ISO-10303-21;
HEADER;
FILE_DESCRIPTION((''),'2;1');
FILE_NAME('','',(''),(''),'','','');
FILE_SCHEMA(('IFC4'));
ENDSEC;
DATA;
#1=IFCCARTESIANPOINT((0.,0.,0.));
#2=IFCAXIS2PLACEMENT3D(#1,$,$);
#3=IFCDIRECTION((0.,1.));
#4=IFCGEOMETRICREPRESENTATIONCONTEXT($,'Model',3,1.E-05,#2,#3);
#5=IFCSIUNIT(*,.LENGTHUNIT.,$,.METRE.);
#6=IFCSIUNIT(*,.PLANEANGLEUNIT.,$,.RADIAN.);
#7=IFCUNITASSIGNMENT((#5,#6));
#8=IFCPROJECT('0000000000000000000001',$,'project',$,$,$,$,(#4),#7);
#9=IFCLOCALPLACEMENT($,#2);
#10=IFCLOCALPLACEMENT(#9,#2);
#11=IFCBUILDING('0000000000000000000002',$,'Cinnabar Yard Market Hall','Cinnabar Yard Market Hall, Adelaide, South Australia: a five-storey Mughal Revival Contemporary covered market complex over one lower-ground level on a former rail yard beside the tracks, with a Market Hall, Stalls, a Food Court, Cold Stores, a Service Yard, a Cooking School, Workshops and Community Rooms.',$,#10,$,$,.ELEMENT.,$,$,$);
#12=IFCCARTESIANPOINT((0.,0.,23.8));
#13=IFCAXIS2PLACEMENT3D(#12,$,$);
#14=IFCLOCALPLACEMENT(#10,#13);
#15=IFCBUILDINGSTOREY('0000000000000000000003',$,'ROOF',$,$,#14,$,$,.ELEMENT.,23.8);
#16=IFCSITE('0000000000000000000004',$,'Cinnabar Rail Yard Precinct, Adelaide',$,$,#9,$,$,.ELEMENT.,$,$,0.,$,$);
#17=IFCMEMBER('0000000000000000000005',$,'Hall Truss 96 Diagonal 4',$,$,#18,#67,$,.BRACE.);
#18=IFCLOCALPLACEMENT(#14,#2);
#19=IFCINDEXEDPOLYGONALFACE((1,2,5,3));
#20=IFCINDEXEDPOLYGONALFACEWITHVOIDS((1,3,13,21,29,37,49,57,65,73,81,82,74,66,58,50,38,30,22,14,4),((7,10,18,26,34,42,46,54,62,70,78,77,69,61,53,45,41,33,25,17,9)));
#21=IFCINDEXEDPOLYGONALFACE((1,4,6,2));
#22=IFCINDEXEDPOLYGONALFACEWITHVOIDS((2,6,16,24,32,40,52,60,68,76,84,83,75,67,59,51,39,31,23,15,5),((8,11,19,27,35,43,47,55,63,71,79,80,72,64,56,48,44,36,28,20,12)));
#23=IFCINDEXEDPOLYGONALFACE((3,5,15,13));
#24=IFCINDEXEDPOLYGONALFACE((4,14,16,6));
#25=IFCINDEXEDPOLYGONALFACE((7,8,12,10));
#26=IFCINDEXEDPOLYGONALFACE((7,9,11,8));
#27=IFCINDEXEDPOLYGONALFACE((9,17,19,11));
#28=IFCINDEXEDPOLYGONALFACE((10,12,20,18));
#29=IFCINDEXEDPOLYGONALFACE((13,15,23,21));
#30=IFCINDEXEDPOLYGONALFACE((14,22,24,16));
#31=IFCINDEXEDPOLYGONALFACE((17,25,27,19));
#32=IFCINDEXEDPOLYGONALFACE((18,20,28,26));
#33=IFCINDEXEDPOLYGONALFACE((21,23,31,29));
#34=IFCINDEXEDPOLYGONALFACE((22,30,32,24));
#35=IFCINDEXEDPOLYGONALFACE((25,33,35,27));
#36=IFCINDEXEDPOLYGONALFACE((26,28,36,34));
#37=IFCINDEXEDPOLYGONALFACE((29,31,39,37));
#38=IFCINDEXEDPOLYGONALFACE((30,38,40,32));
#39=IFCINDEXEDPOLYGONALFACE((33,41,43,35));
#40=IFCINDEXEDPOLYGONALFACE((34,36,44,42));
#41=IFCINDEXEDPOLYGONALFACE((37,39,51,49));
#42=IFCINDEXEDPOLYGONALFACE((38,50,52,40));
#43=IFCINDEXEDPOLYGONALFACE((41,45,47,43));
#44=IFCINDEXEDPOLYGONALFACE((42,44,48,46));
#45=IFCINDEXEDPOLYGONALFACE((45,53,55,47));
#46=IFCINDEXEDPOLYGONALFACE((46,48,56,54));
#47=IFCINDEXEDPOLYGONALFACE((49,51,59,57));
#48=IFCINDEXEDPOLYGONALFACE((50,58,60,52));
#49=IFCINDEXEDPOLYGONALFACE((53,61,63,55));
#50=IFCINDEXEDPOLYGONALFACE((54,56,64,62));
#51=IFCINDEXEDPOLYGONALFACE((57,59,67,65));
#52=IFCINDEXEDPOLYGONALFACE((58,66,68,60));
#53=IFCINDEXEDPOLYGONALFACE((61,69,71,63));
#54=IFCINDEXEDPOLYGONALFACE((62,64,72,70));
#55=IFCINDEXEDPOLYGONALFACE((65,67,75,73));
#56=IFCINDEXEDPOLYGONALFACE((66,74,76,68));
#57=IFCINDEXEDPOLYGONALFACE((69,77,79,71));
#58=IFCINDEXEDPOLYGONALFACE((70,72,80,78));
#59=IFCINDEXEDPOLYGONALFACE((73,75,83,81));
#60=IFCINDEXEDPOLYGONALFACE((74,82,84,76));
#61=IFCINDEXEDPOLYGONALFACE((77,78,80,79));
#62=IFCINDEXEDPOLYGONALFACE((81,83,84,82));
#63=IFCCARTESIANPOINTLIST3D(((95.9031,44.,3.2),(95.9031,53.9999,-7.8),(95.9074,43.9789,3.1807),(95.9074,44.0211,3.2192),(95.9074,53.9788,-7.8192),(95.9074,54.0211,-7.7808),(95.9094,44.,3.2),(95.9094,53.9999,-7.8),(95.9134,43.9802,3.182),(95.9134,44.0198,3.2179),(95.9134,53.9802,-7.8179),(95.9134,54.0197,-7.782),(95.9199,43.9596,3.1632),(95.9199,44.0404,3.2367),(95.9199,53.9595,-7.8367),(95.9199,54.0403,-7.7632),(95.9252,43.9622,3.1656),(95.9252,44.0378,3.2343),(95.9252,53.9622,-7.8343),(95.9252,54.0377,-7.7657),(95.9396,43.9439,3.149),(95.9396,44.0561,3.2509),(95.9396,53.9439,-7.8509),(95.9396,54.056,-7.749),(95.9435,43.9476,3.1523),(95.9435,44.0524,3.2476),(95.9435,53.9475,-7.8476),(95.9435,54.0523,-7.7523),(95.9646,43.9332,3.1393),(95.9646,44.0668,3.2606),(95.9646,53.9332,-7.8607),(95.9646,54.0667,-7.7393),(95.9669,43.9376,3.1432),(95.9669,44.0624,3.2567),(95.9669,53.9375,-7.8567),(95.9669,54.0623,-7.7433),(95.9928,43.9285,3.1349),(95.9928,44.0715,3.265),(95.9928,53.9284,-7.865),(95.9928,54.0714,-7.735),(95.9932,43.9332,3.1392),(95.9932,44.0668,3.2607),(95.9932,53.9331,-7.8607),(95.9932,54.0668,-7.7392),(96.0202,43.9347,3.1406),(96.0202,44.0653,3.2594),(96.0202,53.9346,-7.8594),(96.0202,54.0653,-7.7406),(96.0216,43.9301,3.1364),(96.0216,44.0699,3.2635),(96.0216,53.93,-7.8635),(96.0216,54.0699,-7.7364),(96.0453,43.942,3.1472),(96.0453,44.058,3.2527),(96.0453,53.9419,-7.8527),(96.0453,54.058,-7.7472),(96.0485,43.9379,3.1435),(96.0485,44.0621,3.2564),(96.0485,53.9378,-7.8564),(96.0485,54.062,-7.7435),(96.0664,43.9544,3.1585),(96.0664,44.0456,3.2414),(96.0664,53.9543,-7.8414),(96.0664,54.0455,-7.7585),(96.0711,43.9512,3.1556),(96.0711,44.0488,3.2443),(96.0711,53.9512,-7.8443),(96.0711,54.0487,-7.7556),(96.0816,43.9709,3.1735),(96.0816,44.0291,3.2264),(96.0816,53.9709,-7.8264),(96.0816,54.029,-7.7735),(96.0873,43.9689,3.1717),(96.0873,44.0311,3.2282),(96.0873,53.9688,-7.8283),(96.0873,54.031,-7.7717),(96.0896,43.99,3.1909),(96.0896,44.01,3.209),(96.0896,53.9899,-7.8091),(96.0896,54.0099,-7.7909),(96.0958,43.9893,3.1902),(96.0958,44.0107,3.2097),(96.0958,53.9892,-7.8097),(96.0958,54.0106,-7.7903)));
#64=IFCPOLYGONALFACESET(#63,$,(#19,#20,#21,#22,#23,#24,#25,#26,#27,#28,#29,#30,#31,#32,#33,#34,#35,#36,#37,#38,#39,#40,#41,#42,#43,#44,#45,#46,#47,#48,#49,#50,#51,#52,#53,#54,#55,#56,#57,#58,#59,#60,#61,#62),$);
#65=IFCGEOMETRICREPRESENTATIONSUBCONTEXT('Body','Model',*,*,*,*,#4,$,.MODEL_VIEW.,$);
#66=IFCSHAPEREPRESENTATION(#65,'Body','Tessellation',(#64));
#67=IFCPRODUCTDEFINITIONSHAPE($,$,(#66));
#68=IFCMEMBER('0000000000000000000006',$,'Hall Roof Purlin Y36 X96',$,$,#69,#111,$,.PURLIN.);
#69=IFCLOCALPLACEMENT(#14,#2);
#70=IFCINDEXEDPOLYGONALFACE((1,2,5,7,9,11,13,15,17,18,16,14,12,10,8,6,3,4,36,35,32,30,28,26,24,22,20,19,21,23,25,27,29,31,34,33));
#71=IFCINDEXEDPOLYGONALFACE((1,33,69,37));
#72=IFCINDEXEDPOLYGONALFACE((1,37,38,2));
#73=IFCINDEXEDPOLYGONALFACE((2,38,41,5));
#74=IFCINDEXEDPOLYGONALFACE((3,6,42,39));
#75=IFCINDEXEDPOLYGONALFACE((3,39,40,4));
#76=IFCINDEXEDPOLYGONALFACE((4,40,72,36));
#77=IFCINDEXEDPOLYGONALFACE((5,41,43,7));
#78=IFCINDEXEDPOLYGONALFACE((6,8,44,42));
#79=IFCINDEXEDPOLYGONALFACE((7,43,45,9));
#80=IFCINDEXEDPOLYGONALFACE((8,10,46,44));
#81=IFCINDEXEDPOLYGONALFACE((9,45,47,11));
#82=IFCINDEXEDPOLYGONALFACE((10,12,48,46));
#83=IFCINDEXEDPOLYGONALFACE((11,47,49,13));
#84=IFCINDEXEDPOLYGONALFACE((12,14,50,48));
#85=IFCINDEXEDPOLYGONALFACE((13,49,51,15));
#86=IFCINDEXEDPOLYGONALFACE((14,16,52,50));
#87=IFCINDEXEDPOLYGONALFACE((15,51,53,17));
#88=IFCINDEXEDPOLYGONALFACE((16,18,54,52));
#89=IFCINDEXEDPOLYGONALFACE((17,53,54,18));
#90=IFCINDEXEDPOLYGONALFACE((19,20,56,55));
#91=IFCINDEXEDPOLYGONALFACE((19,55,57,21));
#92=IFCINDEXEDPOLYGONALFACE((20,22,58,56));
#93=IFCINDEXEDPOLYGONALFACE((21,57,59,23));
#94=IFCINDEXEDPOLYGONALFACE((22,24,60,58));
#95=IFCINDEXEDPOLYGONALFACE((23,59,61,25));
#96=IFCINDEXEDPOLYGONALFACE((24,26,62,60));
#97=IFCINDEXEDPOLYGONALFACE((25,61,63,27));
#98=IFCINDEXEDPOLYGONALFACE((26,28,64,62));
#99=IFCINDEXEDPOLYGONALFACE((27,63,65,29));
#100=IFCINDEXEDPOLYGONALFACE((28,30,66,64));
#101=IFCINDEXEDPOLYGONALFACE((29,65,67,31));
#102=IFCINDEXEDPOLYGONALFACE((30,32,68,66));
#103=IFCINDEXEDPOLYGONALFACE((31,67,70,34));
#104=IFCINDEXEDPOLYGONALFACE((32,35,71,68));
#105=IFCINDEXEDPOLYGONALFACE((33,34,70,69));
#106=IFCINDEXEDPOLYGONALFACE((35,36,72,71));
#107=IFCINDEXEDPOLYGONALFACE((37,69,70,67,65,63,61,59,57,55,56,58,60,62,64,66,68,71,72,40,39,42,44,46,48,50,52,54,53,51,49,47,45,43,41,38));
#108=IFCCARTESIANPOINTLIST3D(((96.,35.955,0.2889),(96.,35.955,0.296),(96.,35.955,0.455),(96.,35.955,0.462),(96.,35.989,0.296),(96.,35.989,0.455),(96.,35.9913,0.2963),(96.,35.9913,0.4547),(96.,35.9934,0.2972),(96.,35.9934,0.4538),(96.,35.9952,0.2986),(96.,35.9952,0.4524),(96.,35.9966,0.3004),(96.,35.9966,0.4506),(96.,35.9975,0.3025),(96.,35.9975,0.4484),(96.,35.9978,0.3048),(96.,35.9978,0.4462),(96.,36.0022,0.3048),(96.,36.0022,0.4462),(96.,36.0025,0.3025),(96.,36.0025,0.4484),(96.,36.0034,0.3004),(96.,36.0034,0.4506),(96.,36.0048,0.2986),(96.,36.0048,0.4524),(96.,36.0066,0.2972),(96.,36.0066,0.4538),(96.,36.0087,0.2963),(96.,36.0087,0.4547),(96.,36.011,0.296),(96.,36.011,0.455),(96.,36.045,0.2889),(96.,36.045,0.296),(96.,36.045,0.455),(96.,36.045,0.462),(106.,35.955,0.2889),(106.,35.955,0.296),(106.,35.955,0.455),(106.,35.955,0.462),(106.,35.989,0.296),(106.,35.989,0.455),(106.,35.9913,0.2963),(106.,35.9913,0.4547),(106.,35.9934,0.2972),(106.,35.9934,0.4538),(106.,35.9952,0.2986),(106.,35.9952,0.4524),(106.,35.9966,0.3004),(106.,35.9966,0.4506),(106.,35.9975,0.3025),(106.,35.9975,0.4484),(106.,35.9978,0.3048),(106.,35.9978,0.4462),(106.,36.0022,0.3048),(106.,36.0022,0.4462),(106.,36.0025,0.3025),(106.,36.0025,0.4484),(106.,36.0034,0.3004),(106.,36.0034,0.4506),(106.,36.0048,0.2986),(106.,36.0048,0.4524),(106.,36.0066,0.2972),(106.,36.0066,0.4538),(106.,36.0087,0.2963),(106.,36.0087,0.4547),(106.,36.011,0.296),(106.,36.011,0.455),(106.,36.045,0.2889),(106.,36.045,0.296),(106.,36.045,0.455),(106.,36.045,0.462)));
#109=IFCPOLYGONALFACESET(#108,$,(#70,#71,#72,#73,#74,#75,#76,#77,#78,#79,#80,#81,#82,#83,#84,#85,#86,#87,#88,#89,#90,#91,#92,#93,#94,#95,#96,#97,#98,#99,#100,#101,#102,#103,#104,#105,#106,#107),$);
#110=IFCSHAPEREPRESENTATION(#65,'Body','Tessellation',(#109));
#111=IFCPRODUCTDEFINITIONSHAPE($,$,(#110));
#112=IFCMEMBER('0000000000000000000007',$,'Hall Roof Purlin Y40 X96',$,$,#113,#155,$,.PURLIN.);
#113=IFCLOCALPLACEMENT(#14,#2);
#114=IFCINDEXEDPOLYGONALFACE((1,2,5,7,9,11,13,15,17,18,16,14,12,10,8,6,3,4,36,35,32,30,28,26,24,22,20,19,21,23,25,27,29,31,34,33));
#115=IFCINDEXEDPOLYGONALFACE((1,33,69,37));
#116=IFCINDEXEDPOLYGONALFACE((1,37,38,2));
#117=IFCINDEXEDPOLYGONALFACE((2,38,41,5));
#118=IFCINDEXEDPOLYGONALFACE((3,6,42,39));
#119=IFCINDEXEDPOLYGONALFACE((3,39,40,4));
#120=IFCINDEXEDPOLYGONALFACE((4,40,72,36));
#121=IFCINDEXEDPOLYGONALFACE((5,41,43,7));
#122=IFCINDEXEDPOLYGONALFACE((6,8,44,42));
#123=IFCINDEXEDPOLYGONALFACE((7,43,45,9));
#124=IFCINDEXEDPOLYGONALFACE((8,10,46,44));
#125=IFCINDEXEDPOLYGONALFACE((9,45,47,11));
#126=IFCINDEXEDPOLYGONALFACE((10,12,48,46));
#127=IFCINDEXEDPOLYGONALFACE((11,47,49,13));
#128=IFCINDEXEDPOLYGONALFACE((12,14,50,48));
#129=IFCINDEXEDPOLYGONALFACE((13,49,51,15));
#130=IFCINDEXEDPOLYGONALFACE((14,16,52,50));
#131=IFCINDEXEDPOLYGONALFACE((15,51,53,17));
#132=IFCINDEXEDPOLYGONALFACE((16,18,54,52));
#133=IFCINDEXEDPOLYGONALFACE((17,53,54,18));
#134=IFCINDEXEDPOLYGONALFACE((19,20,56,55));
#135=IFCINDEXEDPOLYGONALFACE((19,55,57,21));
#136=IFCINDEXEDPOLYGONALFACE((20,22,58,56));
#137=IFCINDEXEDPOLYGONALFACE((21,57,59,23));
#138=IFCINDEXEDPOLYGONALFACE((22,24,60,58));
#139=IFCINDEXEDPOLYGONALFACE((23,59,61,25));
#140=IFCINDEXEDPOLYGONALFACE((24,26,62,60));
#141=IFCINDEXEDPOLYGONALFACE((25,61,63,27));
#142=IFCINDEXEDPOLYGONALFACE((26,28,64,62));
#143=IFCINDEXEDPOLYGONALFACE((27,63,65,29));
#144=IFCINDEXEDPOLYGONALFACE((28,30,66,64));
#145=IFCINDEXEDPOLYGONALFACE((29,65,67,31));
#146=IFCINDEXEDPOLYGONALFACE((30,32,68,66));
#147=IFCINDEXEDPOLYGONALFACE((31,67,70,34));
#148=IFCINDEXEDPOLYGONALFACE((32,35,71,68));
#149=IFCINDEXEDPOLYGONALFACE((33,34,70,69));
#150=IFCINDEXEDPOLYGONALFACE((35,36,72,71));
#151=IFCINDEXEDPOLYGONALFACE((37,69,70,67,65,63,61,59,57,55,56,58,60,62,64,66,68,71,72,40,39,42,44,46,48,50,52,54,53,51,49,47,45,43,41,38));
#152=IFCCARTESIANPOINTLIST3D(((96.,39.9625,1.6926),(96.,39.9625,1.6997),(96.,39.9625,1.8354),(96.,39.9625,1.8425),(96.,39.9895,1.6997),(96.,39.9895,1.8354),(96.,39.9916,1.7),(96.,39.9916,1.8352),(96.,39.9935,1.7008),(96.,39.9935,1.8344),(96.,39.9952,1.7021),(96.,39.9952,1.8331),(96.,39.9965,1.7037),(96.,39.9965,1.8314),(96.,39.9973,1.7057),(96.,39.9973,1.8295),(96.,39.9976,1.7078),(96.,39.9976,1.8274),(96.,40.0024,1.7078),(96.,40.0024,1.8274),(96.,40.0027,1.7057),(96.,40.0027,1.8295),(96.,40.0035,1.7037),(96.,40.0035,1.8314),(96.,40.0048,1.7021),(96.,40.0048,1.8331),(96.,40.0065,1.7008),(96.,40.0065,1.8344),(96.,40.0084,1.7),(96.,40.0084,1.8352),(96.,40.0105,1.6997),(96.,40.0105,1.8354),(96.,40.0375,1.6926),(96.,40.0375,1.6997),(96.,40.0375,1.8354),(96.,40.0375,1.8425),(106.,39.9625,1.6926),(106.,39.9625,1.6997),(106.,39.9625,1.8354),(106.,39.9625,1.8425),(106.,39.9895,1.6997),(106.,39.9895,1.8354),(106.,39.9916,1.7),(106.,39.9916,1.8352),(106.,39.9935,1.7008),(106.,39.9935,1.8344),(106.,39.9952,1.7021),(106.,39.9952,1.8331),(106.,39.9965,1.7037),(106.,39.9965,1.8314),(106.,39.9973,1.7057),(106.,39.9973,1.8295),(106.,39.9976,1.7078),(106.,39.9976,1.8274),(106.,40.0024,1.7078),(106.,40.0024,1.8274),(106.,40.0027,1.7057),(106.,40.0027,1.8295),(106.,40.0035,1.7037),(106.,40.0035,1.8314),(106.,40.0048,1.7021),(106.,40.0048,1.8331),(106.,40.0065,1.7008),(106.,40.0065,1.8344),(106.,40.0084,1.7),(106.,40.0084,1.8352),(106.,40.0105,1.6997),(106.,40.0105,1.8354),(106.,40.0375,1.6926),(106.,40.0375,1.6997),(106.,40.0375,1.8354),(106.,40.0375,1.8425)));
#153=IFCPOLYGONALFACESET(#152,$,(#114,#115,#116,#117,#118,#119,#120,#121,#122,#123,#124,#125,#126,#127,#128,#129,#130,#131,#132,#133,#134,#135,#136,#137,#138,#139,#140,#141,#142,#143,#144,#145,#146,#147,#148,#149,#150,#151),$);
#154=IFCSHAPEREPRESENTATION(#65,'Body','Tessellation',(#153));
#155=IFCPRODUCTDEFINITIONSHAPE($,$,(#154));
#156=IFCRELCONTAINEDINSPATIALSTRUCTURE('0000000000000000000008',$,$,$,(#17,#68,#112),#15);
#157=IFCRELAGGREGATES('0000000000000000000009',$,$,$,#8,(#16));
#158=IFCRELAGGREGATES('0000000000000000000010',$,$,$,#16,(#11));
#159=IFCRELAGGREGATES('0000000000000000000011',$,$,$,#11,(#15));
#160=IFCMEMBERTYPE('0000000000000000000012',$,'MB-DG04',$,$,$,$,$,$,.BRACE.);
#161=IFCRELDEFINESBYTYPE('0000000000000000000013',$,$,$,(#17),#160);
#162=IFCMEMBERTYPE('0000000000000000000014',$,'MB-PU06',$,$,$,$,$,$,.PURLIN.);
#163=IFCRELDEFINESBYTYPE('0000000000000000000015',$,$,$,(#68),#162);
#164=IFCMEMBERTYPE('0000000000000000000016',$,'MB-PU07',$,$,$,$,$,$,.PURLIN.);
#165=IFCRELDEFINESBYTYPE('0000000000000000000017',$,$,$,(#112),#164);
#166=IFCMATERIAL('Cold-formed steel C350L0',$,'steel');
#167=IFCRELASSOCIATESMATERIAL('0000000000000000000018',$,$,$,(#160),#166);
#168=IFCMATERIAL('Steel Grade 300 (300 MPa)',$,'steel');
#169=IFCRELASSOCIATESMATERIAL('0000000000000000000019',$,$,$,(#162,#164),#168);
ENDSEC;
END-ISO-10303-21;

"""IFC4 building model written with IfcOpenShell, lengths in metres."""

from ifc_helpers import new_model, si_unit, direction, frame, origin, origin_2d_with_axis, place, context, subcontext, project, spatial, hollow_circle, i_section, extrude, material, material_profile, profile_set, type_object, element, save


model = new_model("IFC4")

# Units and contexts
model_context = context("Model", 3, precision=1e-05, world=origin(), true_north=direction((0.0, 1.0)))
body_context = subcontext(model_context, "Body", "Model", "MODEL_VIEW")
ifc_project = project(units=[si_unit("LENGTHUNIT", "METRE"), si_unit("PLANEANGLEUNIT", "RADIAN")], contexts=[model_context])

# Site, building, storey
site_placement = place(None, origin())
site = spatial("IfcSite", under=ifc_project, at=site_placement, Name="Cinnabar Rail Yard Precinct, Adelaide", CompositionType="ELEMENT", RefElevation=0.0)
building_placement = place(site_placement, origin())
building = spatial("IfcBuilding", under=site, at=building_placement, Name="Cinnabar Yard Market Hall", Description="Cinnabar Yard Market Hall, Adelaide, South Australia: a five-storey Mughal Revival Contemporary covered market complex over one lower-ground level on a former rail yard beside the tracks, with a Market Hall, Stalls, a Food Court, Cold Stores, a Service Yard, a Cooking School, Workshops and Community Rooms.", CompositionType="ELEMENT")
storey_placement = place(building_placement, frame((0.0, 0.0, 23.8)))
storey = spatial("IfcBuildingStorey", under=building, at=storey_placement, Name="ROOF", CompositionType="ELEMENT", Elevation=23.8)

# Shared definitions
ifc_material_1 = material(Name="Steel Grade 300 (300 MPa)", Category="steel")

# Members
ifc_material_2 = material(Name="Cold-formed steel C350L0", Category="steel")
ifc_material_profile_1 = material_profile(ifc_material_2, hollow_circle(Radius=0.0969, WallThickness=0.0063, at=origin_2d_with_axis()), Name="193.7x6.4CHS")
ifc_profile_set_1 = profile_set([ifc_material_profile_1], Name="Cold-formed steel C350L0")
member_type_1 = type_object("IfcMemberType", Name="MB-DG04", PredefinedType="BRACE", material=ifc_profile_set_1)
member_1_placement = place(storey_placement, frame((96.0, 44.0, 3.2), z_axis=(0.0, 0.672673, -0.73994), x_axis=(-1.0, 0.0, 0.0)))
element("IfcMember", 1, at=member_1_placement, inside=storey, type_object=member_type_1, Name="Hall Truss 96 Diagonal 4", PredefinedType="BRACE", context=body_context, shape_type="SweptSolid", body=[
    extrude(hollow_circle(Radius=0.0969, WallThickness=0.0063, at=origin_2d_with_axis()), origin(), (0.0, 0.0, 1.0), 14.866),
])
ifc_material_profile_2 = material_profile(ifc_material_1, i_section(OverallWidth=0.0901, OverallDepth=0.1731, WebThickness=0.0044, FlangeThickness=0.0071, FilletRadius=0.0088, at=origin_2d_with_axis()), Name="180UB16.1")
ifc_profile_set_2 = profile_set([ifc_material_profile_2], Name="Steel Grade 300 (300 MPa)")
member_type_2 = type_object("IfcMemberType", Name="MB-PU06", PredefinedType="PURLIN", material=ifc_profile_set_2)
member_2_placement = place(storey_placement, frame((96.0, 36.0, 0.3755), z_axis=(1.0, 0.0, 0.0), x_axis=(0.0, 1.0, 0.0)))
element("IfcMember", 2, at=member_2_placement, inside=storey, type_object=member_type_2, Name="Hall Roof Purlin Y36 X96", PredefinedType="PURLIN", context=body_context, shape_type="SweptSolid", body=[
    extrude(i_section(OverallWidth=0.0901, OverallDepth=0.1731, WebThickness=0.0044, FlangeThickness=0.0071, FilletRadius=0.0088, at=origin_2d_with_axis()), origin(), (0.0, 0.0, 1.0), 10.0),
])
ifc_material_profile_3 = material_profile(ifc_material_1, i_section(OverallWidth=0.075, OverallDepth=0.1499, WebThickness=0.0049, FlangeThickness=0.0071, FilletRadius=0.0081, at=origin_2d_with_axis()), Name="150UB14.0")
ifc_profile_set_3 = profile_set([ifc_material_profile_3], Name="Steel Grade 300 (300 MPa)")
member_type_3 = type_object("IfcMemberType", Name="MB-PU07", PredefinedType="PURLIN", material=ifc_profile_set_3)
member_3_placement = place(storey_placement, frame((96.0, 40.0, 1.7676), z_axis=(1.0, 0.0, 0.0), x_axis=(0.0, 1.0, 0.0)))
element("IfcMember", 3, at=member_3_placement, inside=storey, type_object=member_type_3, Name="Hall Roof Purlin Y40 X96", PredefinedType="PURLIN", context=body_context, shape_type="SweptSolid", body=[
    extrude(i_section(OverallWidth=0.075, OverallDepth=0.1499, WebThickness=0.0049, FlangeThickness=0.0071, FilletRadius=0.0081, at=origin_2d_with_axis()), origin(), (0.0, 0.0, 1.0), 10.0),
])

save(model, "model.ifc")
